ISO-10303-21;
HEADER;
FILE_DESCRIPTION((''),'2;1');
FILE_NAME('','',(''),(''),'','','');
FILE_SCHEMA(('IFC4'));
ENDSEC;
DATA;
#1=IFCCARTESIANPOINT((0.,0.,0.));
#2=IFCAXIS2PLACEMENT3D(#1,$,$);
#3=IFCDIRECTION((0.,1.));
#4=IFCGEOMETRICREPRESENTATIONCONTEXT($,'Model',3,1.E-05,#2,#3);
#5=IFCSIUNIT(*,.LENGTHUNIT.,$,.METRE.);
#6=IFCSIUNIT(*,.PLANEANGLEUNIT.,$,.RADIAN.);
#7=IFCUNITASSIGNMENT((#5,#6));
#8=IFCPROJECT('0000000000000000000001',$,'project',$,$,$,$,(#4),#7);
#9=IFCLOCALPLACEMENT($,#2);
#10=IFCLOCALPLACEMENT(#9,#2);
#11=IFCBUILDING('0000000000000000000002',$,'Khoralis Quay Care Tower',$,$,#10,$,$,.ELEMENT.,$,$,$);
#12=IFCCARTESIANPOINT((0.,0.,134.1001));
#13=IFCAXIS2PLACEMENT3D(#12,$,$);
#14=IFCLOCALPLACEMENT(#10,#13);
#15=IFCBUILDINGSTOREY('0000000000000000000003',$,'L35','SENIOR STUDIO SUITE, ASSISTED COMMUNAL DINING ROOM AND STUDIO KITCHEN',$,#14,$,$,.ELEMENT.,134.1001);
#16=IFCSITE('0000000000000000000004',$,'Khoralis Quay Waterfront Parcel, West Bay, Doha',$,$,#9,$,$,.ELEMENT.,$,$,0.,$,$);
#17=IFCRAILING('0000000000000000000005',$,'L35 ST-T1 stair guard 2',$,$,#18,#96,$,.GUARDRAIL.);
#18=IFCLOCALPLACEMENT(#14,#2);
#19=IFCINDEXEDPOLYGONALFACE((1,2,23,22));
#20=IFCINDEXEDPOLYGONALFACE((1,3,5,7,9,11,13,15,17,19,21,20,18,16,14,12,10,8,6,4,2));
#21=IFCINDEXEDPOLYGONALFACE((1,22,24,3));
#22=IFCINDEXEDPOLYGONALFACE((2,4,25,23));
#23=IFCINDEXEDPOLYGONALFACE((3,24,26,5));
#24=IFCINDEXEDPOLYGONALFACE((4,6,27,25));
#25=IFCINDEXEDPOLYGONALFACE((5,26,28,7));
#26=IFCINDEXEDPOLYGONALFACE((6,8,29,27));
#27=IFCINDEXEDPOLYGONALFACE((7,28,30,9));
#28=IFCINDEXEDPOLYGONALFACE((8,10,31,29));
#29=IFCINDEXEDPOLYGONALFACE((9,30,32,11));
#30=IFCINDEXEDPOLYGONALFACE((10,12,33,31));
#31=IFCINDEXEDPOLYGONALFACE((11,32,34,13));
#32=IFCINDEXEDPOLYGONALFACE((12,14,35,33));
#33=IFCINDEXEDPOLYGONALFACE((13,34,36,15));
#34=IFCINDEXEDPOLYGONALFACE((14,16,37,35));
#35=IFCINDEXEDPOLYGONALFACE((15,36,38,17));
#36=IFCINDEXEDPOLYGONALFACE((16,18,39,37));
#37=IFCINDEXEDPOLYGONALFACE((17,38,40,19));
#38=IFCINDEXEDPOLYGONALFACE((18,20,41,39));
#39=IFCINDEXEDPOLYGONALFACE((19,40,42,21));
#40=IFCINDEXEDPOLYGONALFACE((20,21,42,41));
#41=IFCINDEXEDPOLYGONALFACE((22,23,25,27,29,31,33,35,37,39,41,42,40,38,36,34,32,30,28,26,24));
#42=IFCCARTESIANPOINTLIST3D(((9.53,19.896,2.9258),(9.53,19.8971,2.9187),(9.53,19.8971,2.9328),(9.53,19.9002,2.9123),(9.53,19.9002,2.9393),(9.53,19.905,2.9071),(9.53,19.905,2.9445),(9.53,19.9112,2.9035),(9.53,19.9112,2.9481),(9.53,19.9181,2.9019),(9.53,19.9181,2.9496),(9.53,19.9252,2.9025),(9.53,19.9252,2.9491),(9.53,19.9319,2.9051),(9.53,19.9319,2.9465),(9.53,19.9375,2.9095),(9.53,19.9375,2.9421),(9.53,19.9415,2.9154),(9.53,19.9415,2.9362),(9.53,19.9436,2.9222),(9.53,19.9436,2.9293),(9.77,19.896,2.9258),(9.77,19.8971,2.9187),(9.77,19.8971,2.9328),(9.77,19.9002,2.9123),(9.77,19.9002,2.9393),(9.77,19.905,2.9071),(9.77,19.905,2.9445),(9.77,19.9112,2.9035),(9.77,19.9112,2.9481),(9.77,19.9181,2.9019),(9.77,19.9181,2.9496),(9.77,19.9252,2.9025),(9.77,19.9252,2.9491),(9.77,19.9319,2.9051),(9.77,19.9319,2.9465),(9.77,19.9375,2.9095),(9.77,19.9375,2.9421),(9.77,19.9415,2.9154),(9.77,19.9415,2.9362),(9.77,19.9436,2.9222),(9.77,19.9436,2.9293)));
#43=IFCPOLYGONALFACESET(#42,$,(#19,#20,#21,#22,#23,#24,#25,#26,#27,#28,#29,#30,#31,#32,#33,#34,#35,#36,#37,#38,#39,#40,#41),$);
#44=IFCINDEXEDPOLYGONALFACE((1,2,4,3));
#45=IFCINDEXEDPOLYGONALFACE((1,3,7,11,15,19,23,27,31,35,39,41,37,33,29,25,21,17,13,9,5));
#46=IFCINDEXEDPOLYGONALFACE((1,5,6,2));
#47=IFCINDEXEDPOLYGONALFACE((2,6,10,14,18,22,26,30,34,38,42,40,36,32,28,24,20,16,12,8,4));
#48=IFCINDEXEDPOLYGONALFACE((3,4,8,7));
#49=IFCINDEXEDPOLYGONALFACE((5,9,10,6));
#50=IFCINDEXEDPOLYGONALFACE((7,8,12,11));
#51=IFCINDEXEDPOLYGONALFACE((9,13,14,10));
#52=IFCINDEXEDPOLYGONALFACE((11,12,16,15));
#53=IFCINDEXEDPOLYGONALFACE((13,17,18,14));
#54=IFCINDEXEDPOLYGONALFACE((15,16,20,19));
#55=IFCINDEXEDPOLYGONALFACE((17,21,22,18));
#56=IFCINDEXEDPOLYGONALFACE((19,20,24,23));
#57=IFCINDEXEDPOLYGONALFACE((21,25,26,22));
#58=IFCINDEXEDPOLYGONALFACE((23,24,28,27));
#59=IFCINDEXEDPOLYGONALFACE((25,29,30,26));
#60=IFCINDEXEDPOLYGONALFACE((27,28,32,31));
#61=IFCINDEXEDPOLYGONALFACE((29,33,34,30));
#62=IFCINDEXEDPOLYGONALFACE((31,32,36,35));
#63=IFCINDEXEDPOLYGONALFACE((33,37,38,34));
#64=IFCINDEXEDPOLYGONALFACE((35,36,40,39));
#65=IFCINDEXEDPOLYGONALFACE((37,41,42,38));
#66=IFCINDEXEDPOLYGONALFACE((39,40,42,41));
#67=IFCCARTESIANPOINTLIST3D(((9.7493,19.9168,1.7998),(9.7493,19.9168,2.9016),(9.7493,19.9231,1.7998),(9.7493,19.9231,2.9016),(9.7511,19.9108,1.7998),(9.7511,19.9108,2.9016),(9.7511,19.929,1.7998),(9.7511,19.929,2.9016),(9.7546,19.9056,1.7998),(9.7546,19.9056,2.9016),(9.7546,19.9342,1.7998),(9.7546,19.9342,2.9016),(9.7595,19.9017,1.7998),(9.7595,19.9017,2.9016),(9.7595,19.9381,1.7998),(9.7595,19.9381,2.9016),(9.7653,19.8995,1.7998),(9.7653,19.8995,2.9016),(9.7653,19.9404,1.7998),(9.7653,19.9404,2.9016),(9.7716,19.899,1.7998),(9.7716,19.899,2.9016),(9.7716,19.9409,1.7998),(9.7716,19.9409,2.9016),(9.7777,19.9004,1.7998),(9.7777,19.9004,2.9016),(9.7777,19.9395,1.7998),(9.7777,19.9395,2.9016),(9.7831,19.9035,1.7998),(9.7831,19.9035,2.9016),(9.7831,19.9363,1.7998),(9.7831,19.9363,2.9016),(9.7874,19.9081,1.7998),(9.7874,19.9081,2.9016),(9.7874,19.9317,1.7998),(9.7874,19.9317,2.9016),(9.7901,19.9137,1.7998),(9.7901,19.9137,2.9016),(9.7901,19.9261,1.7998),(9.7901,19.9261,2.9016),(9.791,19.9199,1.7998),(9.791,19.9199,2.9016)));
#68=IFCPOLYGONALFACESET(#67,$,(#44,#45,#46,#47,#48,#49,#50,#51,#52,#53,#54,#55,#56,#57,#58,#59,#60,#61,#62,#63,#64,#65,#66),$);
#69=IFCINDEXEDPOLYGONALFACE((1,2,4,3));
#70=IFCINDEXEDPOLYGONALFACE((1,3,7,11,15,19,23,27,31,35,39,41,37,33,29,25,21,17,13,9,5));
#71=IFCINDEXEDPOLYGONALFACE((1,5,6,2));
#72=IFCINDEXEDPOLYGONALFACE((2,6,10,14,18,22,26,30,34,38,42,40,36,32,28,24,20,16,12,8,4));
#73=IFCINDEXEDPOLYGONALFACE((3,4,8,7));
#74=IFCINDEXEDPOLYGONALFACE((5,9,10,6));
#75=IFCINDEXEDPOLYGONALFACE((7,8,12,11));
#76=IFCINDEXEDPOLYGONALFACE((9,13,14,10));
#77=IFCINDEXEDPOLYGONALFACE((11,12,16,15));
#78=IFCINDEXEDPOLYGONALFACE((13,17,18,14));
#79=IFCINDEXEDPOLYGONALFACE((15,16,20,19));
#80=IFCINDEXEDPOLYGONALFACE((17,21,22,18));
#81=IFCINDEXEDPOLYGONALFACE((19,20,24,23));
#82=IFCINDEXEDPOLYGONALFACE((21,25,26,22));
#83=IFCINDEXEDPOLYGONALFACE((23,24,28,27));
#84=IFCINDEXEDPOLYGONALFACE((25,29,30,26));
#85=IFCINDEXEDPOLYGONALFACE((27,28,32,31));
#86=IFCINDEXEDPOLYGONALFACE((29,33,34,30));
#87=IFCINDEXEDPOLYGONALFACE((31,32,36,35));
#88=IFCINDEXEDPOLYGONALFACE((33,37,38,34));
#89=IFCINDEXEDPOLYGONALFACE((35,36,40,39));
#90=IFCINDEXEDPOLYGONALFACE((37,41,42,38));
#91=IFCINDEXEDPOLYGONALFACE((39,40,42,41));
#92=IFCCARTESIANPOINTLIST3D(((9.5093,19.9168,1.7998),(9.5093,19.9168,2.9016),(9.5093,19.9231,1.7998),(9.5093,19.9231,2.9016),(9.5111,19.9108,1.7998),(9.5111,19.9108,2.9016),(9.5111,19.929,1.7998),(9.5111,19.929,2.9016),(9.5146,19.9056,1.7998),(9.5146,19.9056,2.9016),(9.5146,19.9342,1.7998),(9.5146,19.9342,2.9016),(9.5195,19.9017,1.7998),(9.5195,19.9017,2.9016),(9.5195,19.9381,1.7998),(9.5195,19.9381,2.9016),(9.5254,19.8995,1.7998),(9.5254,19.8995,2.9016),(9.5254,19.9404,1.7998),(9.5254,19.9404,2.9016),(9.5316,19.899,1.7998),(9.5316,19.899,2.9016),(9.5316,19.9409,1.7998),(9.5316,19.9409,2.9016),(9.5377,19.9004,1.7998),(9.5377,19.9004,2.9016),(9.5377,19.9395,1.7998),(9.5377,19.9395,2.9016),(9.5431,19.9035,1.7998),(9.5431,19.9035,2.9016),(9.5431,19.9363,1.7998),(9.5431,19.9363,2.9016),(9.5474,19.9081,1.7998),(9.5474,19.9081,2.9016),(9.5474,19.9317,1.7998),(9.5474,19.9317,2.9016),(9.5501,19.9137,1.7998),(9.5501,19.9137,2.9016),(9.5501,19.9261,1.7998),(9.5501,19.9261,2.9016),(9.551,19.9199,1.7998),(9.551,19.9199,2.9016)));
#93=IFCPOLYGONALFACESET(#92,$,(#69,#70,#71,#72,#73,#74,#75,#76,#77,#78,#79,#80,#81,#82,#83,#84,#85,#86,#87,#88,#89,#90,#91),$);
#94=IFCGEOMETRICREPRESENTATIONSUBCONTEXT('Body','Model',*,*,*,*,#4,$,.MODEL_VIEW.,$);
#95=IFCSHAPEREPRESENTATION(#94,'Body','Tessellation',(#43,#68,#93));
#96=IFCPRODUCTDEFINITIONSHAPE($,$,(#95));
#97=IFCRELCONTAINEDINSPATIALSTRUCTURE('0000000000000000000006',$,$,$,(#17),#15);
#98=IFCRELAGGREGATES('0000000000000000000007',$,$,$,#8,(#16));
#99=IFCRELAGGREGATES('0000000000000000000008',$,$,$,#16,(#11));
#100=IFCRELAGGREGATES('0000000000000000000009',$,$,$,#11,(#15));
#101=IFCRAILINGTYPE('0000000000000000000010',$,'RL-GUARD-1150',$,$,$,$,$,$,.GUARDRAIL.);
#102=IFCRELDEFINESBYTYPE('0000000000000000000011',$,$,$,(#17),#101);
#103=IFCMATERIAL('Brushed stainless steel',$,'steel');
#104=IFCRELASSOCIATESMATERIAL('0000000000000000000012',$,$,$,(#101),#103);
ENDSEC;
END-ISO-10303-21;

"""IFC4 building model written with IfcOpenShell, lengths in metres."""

from ifc_helpers import new_model, si_unit, direction, frame, origin, origin_2d, place, context, subcontext, project, spatial, circle, extrude, material, type_object, element, save


model = new_model("IFC4")

# Units and contexts
model_context = context("Model", 3, precision=1e-05, world=origin(), true_north=direction((0.0, 1.0)))
body_context = subcontext(model_context, "Body", "Model", "MODEL_VIEW")
ifc_project = project(units=[si_unit("LENGTHUNIT", "METRE"), si_unit("PLANEANGLEUNIT", "RADIAN")], contexts=[model_context])

# Site, building, storey
site_placement = place(None, origin())
site = spatial("IfcSite", under=ifc_project, at=site_placement, Name="Khoralis Quay Waterfront Parcel, West Bay, Doha", CompositionType="ELEMENT", RefElevation=0.0)
building_placement = place(site_placement, origin())
building = spatial("IfcBuilding", under=site, at=building_placement, Name="Khoralis Quay Care Tower", CompositionType="ELEMENT")
storey_placement = place(building_placement, frame((0.0, 0.0, 134.1001)))
storey = spatial("IfcBuildingStorey", under=building, at=storey_placement, Name="L35", Description="SENIOR STUDIO SUITE, ASSISTED COMMUNAL DINING ROOM AND STUDIO KITCHEN", CompositionType="ELEMENT", Elevation=134.1001)

# Shared definitions
ifc_material_1 = material(Name="Brushed stainless steel", Category="steel")

# Railing
railing_type_1 = type_object("IfcRailingType", Name="RL-GUARD-1150", PredefinedType="GUARDRAIL", material=ifc_material_1)
railing_1_placement = place(storey_placement, frame((9.77, 19.9199, 1.7998)))
element("IfcRailing", 1, at=railing_1_placement, inside=storey, type_object=railing_type_1, Name="L35 ST-T1 stair guard 2", PredefinedType="GUARDRAIL", context=body_context, shape_type="SweptSolid", body=[
    extrude(circle(Radius=0.0239, at=origin_2d()), frame((0.0, 0.0, 1.126), z_axis=(-1.0, 0.0, 0.0), x_axis=(0.0, -1.0, 0.0)), (0.0, 0.0, 1.0), 0.24),
    extrude(circle(Radius=0.021, at=origin_2d()), origin(), (0.0, 0.0, 1.0), 1.1018),
    extrude(circle(Radius=0.021, at=origin_2d()), frame((-0.24, 0.0, 0.0)), (0.0, 0.0, 1.0), 1.1018),
])

save(model, "model.ifc")
